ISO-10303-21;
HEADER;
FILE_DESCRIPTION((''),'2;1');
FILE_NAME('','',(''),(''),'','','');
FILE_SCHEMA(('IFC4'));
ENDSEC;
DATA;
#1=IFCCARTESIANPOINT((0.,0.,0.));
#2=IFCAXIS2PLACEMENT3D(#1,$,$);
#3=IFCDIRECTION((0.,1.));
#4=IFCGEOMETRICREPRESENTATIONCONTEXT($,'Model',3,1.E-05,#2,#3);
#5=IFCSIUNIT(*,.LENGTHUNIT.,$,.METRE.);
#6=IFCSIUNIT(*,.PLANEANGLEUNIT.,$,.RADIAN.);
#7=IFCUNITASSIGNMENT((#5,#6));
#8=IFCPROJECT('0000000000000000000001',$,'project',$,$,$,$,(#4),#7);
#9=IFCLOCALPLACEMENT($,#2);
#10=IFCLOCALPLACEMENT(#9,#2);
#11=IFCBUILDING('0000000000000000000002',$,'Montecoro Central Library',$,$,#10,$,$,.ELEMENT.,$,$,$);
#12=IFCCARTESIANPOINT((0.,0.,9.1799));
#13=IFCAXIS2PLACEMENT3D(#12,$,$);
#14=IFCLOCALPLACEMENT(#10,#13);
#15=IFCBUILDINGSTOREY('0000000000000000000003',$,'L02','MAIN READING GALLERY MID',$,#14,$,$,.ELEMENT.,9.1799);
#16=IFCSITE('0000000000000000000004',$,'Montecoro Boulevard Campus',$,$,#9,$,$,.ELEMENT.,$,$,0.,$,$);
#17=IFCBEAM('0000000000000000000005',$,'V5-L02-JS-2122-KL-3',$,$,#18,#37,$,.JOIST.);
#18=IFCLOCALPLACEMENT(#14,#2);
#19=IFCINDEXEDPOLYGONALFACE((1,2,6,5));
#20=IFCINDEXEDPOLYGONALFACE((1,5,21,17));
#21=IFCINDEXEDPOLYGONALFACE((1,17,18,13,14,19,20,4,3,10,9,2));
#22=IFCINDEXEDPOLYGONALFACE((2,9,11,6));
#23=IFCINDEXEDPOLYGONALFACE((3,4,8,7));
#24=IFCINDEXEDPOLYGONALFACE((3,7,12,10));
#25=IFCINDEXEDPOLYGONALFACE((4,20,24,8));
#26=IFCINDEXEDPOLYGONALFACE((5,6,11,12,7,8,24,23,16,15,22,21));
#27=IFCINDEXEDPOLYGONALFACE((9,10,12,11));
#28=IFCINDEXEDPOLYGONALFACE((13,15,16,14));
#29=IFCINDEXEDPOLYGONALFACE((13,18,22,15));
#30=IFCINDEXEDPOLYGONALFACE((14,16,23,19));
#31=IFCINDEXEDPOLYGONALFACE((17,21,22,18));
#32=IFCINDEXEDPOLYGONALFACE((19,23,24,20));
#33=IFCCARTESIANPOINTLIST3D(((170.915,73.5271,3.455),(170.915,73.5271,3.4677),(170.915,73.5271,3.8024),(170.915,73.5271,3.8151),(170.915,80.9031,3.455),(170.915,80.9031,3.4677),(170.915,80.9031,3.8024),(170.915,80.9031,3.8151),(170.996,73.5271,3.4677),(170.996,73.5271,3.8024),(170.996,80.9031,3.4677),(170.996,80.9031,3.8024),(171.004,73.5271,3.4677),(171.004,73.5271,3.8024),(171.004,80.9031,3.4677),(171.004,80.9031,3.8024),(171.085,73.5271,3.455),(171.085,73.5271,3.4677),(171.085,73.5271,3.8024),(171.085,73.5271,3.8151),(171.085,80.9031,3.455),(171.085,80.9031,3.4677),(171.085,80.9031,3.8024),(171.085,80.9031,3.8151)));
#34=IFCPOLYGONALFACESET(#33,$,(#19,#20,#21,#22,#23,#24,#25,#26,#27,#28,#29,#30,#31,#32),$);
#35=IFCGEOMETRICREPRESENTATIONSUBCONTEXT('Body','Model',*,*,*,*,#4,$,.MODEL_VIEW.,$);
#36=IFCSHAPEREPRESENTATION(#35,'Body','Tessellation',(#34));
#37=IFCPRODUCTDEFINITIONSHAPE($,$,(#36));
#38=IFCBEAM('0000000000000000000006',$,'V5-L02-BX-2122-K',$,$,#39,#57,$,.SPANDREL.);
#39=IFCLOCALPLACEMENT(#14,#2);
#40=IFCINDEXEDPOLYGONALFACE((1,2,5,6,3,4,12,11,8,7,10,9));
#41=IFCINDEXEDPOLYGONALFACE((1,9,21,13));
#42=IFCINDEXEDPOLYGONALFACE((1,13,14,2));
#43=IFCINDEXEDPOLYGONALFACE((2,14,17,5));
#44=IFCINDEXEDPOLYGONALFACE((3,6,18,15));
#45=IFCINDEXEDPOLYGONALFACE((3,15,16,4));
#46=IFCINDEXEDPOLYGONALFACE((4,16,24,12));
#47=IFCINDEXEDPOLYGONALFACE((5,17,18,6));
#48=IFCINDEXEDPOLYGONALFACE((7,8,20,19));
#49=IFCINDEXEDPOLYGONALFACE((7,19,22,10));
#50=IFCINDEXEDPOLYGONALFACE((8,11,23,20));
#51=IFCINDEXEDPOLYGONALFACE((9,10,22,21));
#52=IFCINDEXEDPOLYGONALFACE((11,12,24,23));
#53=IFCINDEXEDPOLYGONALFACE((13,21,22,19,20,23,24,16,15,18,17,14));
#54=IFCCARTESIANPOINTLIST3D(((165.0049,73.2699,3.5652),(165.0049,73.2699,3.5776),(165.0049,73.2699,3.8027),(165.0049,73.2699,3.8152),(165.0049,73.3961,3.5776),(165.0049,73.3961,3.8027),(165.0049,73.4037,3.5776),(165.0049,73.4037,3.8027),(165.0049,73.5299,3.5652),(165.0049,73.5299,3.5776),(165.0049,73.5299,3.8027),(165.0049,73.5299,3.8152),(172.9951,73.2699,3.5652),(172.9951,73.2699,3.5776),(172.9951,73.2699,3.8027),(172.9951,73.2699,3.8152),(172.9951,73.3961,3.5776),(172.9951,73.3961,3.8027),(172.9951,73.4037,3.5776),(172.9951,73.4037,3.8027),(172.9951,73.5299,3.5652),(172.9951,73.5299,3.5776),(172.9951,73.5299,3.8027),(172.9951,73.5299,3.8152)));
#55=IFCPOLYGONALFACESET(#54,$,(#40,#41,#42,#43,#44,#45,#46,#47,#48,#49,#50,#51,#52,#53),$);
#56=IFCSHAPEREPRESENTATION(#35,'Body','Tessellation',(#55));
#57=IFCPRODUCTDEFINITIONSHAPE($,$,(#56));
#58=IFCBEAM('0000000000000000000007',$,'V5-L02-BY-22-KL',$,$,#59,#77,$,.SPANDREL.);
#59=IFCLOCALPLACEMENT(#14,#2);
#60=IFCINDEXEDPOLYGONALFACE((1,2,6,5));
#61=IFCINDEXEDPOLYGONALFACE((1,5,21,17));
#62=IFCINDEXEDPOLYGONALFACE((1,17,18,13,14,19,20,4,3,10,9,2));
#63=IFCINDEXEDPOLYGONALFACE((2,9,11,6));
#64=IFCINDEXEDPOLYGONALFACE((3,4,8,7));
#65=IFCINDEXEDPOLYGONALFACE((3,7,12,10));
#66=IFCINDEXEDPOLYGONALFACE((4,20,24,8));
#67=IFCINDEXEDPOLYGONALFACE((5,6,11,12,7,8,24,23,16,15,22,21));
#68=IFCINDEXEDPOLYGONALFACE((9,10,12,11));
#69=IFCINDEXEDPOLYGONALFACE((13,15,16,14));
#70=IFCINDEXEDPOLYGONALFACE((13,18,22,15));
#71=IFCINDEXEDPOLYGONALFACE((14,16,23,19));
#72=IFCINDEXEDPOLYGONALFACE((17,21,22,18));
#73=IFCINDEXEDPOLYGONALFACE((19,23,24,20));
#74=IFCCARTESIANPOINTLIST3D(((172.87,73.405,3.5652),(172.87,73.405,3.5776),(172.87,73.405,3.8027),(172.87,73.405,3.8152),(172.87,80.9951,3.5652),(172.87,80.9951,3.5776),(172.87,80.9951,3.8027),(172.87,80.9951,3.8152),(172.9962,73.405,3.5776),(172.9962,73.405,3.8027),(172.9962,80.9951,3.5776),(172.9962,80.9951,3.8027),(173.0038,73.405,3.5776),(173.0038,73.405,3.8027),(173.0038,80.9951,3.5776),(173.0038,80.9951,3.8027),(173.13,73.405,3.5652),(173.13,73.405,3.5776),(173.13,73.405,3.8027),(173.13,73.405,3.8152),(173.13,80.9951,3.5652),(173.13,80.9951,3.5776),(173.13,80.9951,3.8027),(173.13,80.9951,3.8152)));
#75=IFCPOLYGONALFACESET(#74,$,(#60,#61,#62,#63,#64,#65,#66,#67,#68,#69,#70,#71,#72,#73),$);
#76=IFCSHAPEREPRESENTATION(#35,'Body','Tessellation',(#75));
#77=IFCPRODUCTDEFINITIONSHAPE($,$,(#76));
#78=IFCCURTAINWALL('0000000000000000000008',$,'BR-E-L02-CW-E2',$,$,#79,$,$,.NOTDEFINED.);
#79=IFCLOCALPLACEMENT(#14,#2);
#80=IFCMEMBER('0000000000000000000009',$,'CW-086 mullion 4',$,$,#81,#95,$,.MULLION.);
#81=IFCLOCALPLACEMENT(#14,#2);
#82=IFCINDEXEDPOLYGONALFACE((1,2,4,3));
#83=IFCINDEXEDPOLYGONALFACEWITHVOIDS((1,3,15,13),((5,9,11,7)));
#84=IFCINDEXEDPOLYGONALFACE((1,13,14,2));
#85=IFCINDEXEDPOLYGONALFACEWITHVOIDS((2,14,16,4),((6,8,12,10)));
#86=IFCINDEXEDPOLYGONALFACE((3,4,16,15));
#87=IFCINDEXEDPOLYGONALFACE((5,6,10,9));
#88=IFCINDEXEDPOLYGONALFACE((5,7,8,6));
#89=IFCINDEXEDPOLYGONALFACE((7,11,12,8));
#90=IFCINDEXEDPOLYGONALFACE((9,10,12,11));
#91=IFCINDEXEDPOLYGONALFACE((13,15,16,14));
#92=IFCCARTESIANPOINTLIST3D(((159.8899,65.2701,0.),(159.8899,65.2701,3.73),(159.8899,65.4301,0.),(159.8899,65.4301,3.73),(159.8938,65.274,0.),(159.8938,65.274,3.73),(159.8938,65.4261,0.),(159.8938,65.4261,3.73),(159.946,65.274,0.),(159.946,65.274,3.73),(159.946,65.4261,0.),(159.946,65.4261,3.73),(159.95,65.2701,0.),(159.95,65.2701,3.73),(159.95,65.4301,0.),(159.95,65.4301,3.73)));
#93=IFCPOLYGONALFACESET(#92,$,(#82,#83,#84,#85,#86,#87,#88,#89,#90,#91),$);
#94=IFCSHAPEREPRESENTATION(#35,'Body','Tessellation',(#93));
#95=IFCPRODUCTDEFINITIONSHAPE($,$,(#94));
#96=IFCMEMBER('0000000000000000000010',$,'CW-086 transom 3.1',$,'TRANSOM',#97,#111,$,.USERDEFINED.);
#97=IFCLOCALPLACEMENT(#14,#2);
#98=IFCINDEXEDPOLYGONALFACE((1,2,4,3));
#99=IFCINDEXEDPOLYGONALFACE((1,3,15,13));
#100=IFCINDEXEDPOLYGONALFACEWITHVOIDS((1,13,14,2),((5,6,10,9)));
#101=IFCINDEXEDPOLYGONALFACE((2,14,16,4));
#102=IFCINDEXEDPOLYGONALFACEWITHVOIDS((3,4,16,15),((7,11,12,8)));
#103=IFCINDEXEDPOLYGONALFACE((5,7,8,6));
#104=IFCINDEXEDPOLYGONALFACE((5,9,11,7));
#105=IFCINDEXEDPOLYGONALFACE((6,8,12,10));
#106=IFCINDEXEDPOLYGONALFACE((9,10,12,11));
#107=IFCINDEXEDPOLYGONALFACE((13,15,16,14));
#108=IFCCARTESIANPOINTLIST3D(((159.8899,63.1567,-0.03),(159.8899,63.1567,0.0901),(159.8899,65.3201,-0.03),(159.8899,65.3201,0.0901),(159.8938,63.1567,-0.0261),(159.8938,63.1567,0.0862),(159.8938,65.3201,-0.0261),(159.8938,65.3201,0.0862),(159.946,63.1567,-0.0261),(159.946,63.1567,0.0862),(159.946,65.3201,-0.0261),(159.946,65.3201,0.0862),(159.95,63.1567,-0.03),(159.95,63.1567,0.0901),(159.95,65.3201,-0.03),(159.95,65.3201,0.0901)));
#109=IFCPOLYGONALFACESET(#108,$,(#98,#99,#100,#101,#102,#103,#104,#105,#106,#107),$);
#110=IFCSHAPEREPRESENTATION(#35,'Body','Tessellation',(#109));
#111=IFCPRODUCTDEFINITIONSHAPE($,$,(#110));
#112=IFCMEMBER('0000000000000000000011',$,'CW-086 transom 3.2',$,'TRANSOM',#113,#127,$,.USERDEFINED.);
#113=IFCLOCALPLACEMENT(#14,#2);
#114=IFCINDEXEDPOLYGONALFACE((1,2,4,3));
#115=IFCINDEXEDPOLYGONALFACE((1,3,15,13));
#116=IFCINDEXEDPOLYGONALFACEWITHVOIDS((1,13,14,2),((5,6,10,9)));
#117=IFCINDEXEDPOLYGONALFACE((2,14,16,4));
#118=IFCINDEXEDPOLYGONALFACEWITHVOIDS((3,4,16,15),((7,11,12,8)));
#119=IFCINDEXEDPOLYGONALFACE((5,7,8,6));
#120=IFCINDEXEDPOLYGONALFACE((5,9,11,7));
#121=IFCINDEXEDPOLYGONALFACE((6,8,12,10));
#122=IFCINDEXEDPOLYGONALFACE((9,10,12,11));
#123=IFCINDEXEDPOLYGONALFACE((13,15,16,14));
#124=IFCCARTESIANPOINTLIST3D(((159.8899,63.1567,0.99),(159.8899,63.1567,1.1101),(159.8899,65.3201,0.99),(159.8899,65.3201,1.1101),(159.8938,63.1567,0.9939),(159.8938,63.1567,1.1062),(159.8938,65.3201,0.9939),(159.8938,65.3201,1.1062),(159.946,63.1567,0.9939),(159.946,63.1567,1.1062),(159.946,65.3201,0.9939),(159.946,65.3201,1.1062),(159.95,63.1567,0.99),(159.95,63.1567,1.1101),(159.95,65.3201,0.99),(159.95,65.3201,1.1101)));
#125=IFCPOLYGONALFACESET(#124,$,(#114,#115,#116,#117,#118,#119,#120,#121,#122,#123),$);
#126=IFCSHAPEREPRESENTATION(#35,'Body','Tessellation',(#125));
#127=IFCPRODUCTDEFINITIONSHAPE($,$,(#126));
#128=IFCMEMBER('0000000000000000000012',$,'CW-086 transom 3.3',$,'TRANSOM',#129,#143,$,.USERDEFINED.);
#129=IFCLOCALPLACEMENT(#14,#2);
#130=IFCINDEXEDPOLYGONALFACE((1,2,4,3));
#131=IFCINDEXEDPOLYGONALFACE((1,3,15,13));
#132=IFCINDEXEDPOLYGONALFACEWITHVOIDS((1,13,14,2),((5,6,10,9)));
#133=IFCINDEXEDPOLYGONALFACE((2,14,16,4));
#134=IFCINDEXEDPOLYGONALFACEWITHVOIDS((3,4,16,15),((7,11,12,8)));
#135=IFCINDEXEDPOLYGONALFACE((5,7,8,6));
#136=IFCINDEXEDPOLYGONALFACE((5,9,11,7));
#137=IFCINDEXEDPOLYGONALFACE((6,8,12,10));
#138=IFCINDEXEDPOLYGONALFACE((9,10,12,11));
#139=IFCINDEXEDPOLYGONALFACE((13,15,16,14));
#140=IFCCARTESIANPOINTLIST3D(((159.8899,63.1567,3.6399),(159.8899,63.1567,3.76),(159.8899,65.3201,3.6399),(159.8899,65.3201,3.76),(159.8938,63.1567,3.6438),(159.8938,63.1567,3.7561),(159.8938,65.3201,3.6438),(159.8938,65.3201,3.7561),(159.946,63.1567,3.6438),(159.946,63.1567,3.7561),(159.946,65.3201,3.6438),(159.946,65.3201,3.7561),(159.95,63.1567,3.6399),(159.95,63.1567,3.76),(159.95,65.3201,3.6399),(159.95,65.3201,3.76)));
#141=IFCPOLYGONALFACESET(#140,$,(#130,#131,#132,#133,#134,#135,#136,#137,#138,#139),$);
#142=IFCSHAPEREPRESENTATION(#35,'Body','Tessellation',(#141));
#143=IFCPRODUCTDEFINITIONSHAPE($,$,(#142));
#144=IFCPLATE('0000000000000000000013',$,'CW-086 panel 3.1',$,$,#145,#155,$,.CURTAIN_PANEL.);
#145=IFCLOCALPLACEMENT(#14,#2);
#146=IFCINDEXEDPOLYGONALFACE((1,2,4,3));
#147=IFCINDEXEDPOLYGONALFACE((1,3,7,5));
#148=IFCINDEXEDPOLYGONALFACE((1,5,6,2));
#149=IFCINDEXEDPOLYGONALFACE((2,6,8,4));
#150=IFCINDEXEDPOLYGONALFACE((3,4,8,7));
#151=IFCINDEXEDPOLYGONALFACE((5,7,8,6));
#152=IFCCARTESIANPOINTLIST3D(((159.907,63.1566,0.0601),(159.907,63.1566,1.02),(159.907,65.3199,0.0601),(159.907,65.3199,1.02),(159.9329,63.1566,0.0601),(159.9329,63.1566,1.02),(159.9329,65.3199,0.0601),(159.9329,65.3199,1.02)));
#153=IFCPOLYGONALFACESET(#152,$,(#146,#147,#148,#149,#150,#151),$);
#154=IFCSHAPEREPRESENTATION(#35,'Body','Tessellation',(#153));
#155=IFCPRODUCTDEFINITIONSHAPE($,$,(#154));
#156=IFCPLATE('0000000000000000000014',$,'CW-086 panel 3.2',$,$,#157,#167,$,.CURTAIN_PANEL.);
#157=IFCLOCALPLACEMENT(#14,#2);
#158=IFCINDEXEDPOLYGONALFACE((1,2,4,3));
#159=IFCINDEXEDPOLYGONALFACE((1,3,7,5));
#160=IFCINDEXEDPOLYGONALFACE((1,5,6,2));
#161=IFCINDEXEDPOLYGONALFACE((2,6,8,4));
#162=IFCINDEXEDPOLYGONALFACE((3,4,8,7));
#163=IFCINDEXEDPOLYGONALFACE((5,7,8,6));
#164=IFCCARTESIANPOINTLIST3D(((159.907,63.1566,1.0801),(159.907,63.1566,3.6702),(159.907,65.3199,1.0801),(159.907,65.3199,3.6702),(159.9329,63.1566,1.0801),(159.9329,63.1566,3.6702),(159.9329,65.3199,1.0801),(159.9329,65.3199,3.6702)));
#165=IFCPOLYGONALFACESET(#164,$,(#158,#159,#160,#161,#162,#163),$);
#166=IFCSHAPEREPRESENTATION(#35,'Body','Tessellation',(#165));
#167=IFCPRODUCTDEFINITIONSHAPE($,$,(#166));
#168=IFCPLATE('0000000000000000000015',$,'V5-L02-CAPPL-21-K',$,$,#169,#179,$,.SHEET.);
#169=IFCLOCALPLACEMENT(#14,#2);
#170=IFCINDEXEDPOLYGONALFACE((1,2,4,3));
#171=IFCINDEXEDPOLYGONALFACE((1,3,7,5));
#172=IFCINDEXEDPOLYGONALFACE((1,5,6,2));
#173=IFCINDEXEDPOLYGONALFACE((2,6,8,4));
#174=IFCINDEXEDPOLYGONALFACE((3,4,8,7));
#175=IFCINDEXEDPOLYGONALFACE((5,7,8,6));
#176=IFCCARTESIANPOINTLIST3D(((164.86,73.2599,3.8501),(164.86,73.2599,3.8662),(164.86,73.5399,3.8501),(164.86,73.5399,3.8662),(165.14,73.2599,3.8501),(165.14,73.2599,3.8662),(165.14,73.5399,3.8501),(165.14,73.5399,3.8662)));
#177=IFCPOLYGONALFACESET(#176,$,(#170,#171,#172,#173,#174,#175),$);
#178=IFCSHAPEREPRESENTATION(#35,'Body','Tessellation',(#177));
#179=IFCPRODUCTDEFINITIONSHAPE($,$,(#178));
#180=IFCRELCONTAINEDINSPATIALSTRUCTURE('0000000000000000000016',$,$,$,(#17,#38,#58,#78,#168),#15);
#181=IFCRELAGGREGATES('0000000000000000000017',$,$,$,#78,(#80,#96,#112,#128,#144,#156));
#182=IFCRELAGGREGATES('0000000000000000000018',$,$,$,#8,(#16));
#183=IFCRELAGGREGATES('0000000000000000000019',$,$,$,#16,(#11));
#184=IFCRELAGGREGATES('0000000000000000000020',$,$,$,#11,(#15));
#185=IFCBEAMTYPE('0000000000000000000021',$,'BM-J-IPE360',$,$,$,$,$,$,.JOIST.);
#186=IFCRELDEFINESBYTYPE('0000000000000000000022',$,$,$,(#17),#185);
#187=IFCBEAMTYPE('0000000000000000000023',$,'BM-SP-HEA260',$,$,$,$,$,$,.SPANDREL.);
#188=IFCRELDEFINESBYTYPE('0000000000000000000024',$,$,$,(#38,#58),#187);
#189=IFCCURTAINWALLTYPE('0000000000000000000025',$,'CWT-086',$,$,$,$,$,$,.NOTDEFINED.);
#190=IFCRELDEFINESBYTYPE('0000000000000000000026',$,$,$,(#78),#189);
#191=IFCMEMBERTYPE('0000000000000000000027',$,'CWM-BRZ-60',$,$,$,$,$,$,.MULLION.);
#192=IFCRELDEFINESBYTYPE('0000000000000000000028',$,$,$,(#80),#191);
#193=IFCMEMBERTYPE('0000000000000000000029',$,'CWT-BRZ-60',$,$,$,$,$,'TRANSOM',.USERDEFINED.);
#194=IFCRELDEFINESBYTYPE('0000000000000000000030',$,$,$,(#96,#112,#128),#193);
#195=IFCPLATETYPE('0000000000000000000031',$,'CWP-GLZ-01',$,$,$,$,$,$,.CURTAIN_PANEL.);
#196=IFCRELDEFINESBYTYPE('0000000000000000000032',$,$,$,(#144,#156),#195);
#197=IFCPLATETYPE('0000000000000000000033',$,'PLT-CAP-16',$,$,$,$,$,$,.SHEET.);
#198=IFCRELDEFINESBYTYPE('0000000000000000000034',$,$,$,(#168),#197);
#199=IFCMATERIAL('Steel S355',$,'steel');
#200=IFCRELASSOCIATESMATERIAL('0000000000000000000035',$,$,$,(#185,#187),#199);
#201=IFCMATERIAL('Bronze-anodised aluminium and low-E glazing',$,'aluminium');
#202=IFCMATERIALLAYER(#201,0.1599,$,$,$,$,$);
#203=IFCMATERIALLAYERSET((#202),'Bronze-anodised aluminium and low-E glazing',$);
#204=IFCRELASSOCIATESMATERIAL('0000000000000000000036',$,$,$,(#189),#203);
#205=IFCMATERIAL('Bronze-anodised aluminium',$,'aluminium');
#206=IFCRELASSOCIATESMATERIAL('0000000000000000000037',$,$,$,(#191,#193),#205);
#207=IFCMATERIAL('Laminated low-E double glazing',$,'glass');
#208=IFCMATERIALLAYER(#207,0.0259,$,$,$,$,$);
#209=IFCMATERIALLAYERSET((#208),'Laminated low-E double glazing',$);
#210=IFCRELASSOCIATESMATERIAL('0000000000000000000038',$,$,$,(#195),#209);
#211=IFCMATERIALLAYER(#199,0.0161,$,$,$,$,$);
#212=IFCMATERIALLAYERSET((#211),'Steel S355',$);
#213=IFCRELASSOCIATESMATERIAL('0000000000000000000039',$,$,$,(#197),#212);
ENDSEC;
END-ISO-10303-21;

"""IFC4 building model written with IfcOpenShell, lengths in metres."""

from ifc_helpers import new_model, si_unit, direction, frame, origin, origin_2d, place, context, subcontext, project, spatial, rectangle, hollow_rectangle, i_section, extrude, material, layer, layer_set, material_profile, profile_set, type_object, element, aggregate, save


model = new_model("IFC4")

# Units and contexts
model_context = context("Model", 3, precision=1e-05, world=origin(), true_north=direction((0.0, 1.0)))
body_context = subcontext(model_context, "Body", "Model", "MODEL_VIEW")
ifc_project = project(units=[si_unit("LENGTHUNIT", "METRE"), si_unit("PLANEANGLEUNIT", "RADIAN")], contexts=[model_context])

# Site, building, storey
site_placement = place(None, origin())
site = spatial("IfcSite", under=ifc_project, at=site_placement, Name="Montecoro Boulevard Campus", CompositionType="ELEMENT", RefElevation=0.0)
building_placement = place(site_placement, origin())
building = spatial("IfcBuilding", under=site, at=building_placement, Name="Montecoro Central Library", CompositionType="ELEMENT")
storey_placement = place(building_placement, frame((0.0, 0.0, 9.1799)))
storey = spatial("IfcBuildingStorey", under=building, at=storey_placement, Name="L02", Description="MAIN READING GALLERY MID", CompositionType="ELEMENT", Elevation=9.1799)

# Shared definitions
ifc_material_1 = material(Name="Steel S355", Category="steel")

# Beams
ifc_material_profile_1 = material_profile(ifc_material_1, i_section(OverallWidth=0.1699, OverallDepth=0.3601, WebThickness=0.0081, FlangeThickness=0.0127, at=origin_2d()), Name="IPE 360")
ifc_profile_set_1 = profile_set([ifc_material_profile_1], Name="Steel S355")
beam_type_1 = type_object("IfcBeamType", Name="BM-J-IPE360", PredefinedType="JOIST", material=ifc_profile_set_1)
for number, where, z_axis, x_axis, name in (
    (1, (171.0, 73.5271, 3.635), (0.0, 1.0, 0.0), (-1.0, 0.0, 0.0), "V5-L02-JS-2122-KL-3"),
):
    element("IfcBeam", number, at=place(storey_placement, frame(where, z_axis=z_axis, x_axis=x_axis)), inside=storey, type_object=beam_type_1, Name=name, PredefinedType="JOIST", context=body_context, shape_type="SweptSolid", body=[
        extrude(i_section(OverallWidth=0.1699, OverallDepth=0.3601, WebThickness=0.0081, FlangeThickness=0.0127, at=origin_2d()), origin(), (0.0, 0.0, 1.0), 7.376),
    ])
ifc_material_profile_2 = material_profile(ifc_material_1, i_section(OverallWidth=0.26, OverallDepth=0.25, WebThickness=0.0076, FlangeThickness=0.0125, at=origin_2d()), Name="HEA 260")
ifc_profile_set_2 = profile_set([ifc_material_profile_2], Name="Steel S355")
beam_type_2 = type_object("IfcBeamType", Name="BM-SP-HEA260", PredefinedType="SPANDREL", material=ifc_profile_set_2)
beam_1_placement = place(storey_placement, frame((165.0049, 73.3999, 3.6902), z_axis=(1.0, 0.0, 0.0), x_axis=(0.0, 1.0, 0.0)))
element("IfcBeam", 2, at=beam_1_placement, inside=storey, type_object=beam_type_2, Name="V5-L02-BX-2122-K", PredefinedType="SPANDREL", context=body_context, shape_type="SweptSolid", body=[
    extrude(i_section(OverallWidth=0.26, OverallDepth=0.25, WebThickness=0.0076, FlangeThickness=0.0125, at=origin_2d()), origin(), (0.0, 0.0, 1.0), 7.9902),
])
beam_2_placement = place(storey_placement, frame((173.0, 73.405, 3.6902), z_axis=(0.0, 1.0, 0.0), x_axis=(-1.0, 0.0, 0.0)))
element("IfcBeam", 3, at=beam_2_placement, inside=storey, type_object=beam_type_2, Name="V5-L02-BY-22-KL", PredefinedType="SPANDREL", context=body_context, shape_type="SweptSolid", body=[
    extrude(i_section(OverallWidth=0.26, OverallDepth=0.25, WebThickness=0.0076, FlangeThickness=0.0125, at=origin_2d()), origin(), (0.0, 0.0, 1.0), 7.5901),
])

# Curtain wall, members, plates
ifc_material_2 = material(Name="Bronze-anodised aluminium and low-E glazing", Category="aluminium")
ifc_layer_1 = layer(ifc_material_2, 0.1599)
ifc_layer_set_1 = layer_set([ifc_layer_1], Name="Bronze-anodised aluminium and low-E glazing")
curtain_wall_type = type_object("IfcCurtainWallType", Name="CWT-086", PredefinedType="NOTDEFINED", material=ifc_layer_set_1)
curtain_wall_placement = place(storey_placement, origin())
curtain_wall = element("IfcCurtainWall", 4, at=curtain_wall_placement, inside=storey, type_object=curtain_wall_type, Name="BR-E-L02-CW-E2", PredefinedType="NOTDEFINED")
ifc_material_3 = material(Name="Bronze-anodised aluminium", Category="aluminium")
ifc_material_profile_3 = material_profile(ifc_material_3, hollow_rectangle(XDim=0.0601, YDim=0.1599, WallThickness=0.0039, at=origin_2d()), Name="CWM 160x60x4.0")
ifc_profile_set_3 = profile_set([ifc_material_profile_3], Name="Bronze-anodised aluminium")
member_type_1 = type_object("IfcMemberType", Name="CWM-BRZ-60", PredefinedType="MULLION", material=ifc_profile_set_3)
member_1_placement = place(storey_placement, frame((159.9199, 65.3501, 0.0), z_axis=(0.0, 0.0, 1.0), x_axis=(-1.0, 0.0, 0.0)))
member_1 = element("IfcMember", 5, at=member_1_placement, type_object=member_type_1, Name="CW-086 mullion 4", PredefinedType="MULLION", context=body_context, shape_type="SweptSolid", body=[
    extrude(hollow_rectangle(XDim=0.0601, YDim=0.1599, WallThickness=0.0039, at=origin_2d()), origin(), (0.0, 0.0, 1.0), 3.73),
])
ifc_material_profile_4 = material_profile(ifc_material_3, hollow_rectangle(XDim=0.0601, YDim=0.1201, WallThickness=0.0039, at=origin_2d()), Name="CWT 120x60x4.0")
ifc_profile_set_4 = profile_set([ifc_material_profile_4], Name="Bronze-anodised aluminium")
member_type_2 = type_object("IfcMemberType", Name="CWT-BRZ-60", ElementType="TRANSOM", PredefinedType="USERDEFINED", material=ifc_profile_set_4)
member_2_placement = place(storey_placement, frame((159.9199, 63.1567, 0.03), z_axis=(0.0, 1.0, 0.0), x_axis=(-1.0, 0.0, 0.0)))
member_2 = element("IfcMember", 6, at=member_2_placement, type_object=member_type_2, Name="CW-086 transom 3.1", ObjectType="TRANSOM", PredefinedType="USERDEFINED", context=body_context, shape_type="SweptSolid", body=[
    extrude(hollow_rectangle(XDim=0.0601, YDim=0.1201, WallThickness=0.0039, at=origin_2d()), origin(), (0.0, 0.0, 1.0), 2.1633),
])
member_3_placement = place(storey_placement, frame((159.9199, 63.1567, 1.05), z_axis=(0.0, 1.0, 0.0), x_axis=(-1.0, 0.0, 0.0)))
member_3 = element("IfcMember", 7, at=member_3_placement, type_object=member_type_2, Name="CW-086 transom 3.2", ObjectType="TRANSOM", PredefinedType="USERDEFINED", context=body_context, shape_type="SweptSolid", body=[
    extrude(hollow_rectangle(XDim=0.0601, YDim=0.1201, WallThickness=0.0039, at=origin_2d()), origin(), (0.0, 0.0, 1.0), 2.1633),
])
member_4_placement = place(storey_placement, frame((159.9199, 63.1567, 3.7), z_axis=(0.0, 1.0, 0.0), x_axis=(-1.0, 0.0, 0.0)))
member_4 = element("IfcMember", 8, at=member_4_placement, type_object=member_type_2, Name="CW-086 transom 3.3", ObjectType="TRANSOM", PredefinedType="USERDEFINED", context=body_context, shape_type="SweptSolid", body=[
    extrude(hollow_rectangle(XDim=0.0601, YDim=0.1201, WallThickness=0.0039, at=origin_2d()), origin(), (0.0, 0.0, 1.0), 2.1633),
])
ifc_material_4 = material(Name="Laminated low-E double glazing", Category="glass")
ifc_layer_2 = layer(ifc_material_4, 0.0259)
ifc_layer_set_2 = layer_set([ifc_layer_2], Name="Laminated low-E double glazing")
plate_type_1 = type_object("IfcPlateType", Name="CWP-GLZ-01", PredefinedType="CURTAIN_PANEL", material=ifc_layer_set_2)
plate_1_placement = place(storey_placement, frame((159.9199, 64.2383, 0.0601), z_axis=(0.0, 0.0, 1.0), x_axis=(0.0, 1.0, 0.0)))
plate_1 = element("IfcPlate", 9, at=plate_1_placement, type_object=plate_type_1, Name="CW-086 panel 3.1", PredefinedType="CURTAIN_PANEL", context=body_context, shape_type="SweptSolid", body=[
    extrude(rectangle(XDim=2.1633, YDim=0.0259, at=origin_2d()), origin(), (0.0, 0.0, 1.0), 0.96),
])
plate_2_placement = place(storey_placement, frame((159.9199, 64.2383, 1.0801), z_axis=(0.0, 0.0, 1.0), x_axis=(0.0, 1.0, 0.0)))
plate_2 = element("IfcPlate", 10, at=plate_2_placement, type_object=plate_type_1, Name="CW-086 panel 3.2", PredefinedType="CURTAIN_PANEL", context=body_context, shape_type="SweptSolid", body=[
    extrude(rectangle(XDim=2.1633, YDim=0.0259, at=origin_2d()), origin(), (0.0, 0.0, 1.0), 2.5901),
])
aggregate(curtain_wall, [member_1, member_2, member_3, member_4, plate_1, plate_2])

# Plate
ifc_layer_3 = layer(ifc_material_1, 0.0161)
ifc_layer_set_3 = layer_set([ifc_layer_3], Name="Steel S355")
plate_type_2 = type_object("IfcPlateType", Name="PLT-CAP-16", PredefinedType="SHEET", material=ifc_layer_set_3)
for number, where, z_axis, x_axis, name in (
    (11, (165.0, 73.3999, 3.8501), (0.0, 0.0, 1.0), (1.0, 0.0, 0.0), "V5-L02-CAPPL-21-K"),
):
    element("IfcPlate", number, at=place(storey_placement, frame(where, z_axis=z_axis, x_axis=x_axis)), inside=storey, type_object=plate_type_2, Name=name, PredefinedType="SHEET", context=body_context, shape_type="SweptSolid", body=[
        extrude(rectangle(XDim=0.28, YDim=0.28, at=origin_2d()), origin(), (0.0, 0.0, 1.0), 0.0161),
    ])

save(model, "model.ifc")
